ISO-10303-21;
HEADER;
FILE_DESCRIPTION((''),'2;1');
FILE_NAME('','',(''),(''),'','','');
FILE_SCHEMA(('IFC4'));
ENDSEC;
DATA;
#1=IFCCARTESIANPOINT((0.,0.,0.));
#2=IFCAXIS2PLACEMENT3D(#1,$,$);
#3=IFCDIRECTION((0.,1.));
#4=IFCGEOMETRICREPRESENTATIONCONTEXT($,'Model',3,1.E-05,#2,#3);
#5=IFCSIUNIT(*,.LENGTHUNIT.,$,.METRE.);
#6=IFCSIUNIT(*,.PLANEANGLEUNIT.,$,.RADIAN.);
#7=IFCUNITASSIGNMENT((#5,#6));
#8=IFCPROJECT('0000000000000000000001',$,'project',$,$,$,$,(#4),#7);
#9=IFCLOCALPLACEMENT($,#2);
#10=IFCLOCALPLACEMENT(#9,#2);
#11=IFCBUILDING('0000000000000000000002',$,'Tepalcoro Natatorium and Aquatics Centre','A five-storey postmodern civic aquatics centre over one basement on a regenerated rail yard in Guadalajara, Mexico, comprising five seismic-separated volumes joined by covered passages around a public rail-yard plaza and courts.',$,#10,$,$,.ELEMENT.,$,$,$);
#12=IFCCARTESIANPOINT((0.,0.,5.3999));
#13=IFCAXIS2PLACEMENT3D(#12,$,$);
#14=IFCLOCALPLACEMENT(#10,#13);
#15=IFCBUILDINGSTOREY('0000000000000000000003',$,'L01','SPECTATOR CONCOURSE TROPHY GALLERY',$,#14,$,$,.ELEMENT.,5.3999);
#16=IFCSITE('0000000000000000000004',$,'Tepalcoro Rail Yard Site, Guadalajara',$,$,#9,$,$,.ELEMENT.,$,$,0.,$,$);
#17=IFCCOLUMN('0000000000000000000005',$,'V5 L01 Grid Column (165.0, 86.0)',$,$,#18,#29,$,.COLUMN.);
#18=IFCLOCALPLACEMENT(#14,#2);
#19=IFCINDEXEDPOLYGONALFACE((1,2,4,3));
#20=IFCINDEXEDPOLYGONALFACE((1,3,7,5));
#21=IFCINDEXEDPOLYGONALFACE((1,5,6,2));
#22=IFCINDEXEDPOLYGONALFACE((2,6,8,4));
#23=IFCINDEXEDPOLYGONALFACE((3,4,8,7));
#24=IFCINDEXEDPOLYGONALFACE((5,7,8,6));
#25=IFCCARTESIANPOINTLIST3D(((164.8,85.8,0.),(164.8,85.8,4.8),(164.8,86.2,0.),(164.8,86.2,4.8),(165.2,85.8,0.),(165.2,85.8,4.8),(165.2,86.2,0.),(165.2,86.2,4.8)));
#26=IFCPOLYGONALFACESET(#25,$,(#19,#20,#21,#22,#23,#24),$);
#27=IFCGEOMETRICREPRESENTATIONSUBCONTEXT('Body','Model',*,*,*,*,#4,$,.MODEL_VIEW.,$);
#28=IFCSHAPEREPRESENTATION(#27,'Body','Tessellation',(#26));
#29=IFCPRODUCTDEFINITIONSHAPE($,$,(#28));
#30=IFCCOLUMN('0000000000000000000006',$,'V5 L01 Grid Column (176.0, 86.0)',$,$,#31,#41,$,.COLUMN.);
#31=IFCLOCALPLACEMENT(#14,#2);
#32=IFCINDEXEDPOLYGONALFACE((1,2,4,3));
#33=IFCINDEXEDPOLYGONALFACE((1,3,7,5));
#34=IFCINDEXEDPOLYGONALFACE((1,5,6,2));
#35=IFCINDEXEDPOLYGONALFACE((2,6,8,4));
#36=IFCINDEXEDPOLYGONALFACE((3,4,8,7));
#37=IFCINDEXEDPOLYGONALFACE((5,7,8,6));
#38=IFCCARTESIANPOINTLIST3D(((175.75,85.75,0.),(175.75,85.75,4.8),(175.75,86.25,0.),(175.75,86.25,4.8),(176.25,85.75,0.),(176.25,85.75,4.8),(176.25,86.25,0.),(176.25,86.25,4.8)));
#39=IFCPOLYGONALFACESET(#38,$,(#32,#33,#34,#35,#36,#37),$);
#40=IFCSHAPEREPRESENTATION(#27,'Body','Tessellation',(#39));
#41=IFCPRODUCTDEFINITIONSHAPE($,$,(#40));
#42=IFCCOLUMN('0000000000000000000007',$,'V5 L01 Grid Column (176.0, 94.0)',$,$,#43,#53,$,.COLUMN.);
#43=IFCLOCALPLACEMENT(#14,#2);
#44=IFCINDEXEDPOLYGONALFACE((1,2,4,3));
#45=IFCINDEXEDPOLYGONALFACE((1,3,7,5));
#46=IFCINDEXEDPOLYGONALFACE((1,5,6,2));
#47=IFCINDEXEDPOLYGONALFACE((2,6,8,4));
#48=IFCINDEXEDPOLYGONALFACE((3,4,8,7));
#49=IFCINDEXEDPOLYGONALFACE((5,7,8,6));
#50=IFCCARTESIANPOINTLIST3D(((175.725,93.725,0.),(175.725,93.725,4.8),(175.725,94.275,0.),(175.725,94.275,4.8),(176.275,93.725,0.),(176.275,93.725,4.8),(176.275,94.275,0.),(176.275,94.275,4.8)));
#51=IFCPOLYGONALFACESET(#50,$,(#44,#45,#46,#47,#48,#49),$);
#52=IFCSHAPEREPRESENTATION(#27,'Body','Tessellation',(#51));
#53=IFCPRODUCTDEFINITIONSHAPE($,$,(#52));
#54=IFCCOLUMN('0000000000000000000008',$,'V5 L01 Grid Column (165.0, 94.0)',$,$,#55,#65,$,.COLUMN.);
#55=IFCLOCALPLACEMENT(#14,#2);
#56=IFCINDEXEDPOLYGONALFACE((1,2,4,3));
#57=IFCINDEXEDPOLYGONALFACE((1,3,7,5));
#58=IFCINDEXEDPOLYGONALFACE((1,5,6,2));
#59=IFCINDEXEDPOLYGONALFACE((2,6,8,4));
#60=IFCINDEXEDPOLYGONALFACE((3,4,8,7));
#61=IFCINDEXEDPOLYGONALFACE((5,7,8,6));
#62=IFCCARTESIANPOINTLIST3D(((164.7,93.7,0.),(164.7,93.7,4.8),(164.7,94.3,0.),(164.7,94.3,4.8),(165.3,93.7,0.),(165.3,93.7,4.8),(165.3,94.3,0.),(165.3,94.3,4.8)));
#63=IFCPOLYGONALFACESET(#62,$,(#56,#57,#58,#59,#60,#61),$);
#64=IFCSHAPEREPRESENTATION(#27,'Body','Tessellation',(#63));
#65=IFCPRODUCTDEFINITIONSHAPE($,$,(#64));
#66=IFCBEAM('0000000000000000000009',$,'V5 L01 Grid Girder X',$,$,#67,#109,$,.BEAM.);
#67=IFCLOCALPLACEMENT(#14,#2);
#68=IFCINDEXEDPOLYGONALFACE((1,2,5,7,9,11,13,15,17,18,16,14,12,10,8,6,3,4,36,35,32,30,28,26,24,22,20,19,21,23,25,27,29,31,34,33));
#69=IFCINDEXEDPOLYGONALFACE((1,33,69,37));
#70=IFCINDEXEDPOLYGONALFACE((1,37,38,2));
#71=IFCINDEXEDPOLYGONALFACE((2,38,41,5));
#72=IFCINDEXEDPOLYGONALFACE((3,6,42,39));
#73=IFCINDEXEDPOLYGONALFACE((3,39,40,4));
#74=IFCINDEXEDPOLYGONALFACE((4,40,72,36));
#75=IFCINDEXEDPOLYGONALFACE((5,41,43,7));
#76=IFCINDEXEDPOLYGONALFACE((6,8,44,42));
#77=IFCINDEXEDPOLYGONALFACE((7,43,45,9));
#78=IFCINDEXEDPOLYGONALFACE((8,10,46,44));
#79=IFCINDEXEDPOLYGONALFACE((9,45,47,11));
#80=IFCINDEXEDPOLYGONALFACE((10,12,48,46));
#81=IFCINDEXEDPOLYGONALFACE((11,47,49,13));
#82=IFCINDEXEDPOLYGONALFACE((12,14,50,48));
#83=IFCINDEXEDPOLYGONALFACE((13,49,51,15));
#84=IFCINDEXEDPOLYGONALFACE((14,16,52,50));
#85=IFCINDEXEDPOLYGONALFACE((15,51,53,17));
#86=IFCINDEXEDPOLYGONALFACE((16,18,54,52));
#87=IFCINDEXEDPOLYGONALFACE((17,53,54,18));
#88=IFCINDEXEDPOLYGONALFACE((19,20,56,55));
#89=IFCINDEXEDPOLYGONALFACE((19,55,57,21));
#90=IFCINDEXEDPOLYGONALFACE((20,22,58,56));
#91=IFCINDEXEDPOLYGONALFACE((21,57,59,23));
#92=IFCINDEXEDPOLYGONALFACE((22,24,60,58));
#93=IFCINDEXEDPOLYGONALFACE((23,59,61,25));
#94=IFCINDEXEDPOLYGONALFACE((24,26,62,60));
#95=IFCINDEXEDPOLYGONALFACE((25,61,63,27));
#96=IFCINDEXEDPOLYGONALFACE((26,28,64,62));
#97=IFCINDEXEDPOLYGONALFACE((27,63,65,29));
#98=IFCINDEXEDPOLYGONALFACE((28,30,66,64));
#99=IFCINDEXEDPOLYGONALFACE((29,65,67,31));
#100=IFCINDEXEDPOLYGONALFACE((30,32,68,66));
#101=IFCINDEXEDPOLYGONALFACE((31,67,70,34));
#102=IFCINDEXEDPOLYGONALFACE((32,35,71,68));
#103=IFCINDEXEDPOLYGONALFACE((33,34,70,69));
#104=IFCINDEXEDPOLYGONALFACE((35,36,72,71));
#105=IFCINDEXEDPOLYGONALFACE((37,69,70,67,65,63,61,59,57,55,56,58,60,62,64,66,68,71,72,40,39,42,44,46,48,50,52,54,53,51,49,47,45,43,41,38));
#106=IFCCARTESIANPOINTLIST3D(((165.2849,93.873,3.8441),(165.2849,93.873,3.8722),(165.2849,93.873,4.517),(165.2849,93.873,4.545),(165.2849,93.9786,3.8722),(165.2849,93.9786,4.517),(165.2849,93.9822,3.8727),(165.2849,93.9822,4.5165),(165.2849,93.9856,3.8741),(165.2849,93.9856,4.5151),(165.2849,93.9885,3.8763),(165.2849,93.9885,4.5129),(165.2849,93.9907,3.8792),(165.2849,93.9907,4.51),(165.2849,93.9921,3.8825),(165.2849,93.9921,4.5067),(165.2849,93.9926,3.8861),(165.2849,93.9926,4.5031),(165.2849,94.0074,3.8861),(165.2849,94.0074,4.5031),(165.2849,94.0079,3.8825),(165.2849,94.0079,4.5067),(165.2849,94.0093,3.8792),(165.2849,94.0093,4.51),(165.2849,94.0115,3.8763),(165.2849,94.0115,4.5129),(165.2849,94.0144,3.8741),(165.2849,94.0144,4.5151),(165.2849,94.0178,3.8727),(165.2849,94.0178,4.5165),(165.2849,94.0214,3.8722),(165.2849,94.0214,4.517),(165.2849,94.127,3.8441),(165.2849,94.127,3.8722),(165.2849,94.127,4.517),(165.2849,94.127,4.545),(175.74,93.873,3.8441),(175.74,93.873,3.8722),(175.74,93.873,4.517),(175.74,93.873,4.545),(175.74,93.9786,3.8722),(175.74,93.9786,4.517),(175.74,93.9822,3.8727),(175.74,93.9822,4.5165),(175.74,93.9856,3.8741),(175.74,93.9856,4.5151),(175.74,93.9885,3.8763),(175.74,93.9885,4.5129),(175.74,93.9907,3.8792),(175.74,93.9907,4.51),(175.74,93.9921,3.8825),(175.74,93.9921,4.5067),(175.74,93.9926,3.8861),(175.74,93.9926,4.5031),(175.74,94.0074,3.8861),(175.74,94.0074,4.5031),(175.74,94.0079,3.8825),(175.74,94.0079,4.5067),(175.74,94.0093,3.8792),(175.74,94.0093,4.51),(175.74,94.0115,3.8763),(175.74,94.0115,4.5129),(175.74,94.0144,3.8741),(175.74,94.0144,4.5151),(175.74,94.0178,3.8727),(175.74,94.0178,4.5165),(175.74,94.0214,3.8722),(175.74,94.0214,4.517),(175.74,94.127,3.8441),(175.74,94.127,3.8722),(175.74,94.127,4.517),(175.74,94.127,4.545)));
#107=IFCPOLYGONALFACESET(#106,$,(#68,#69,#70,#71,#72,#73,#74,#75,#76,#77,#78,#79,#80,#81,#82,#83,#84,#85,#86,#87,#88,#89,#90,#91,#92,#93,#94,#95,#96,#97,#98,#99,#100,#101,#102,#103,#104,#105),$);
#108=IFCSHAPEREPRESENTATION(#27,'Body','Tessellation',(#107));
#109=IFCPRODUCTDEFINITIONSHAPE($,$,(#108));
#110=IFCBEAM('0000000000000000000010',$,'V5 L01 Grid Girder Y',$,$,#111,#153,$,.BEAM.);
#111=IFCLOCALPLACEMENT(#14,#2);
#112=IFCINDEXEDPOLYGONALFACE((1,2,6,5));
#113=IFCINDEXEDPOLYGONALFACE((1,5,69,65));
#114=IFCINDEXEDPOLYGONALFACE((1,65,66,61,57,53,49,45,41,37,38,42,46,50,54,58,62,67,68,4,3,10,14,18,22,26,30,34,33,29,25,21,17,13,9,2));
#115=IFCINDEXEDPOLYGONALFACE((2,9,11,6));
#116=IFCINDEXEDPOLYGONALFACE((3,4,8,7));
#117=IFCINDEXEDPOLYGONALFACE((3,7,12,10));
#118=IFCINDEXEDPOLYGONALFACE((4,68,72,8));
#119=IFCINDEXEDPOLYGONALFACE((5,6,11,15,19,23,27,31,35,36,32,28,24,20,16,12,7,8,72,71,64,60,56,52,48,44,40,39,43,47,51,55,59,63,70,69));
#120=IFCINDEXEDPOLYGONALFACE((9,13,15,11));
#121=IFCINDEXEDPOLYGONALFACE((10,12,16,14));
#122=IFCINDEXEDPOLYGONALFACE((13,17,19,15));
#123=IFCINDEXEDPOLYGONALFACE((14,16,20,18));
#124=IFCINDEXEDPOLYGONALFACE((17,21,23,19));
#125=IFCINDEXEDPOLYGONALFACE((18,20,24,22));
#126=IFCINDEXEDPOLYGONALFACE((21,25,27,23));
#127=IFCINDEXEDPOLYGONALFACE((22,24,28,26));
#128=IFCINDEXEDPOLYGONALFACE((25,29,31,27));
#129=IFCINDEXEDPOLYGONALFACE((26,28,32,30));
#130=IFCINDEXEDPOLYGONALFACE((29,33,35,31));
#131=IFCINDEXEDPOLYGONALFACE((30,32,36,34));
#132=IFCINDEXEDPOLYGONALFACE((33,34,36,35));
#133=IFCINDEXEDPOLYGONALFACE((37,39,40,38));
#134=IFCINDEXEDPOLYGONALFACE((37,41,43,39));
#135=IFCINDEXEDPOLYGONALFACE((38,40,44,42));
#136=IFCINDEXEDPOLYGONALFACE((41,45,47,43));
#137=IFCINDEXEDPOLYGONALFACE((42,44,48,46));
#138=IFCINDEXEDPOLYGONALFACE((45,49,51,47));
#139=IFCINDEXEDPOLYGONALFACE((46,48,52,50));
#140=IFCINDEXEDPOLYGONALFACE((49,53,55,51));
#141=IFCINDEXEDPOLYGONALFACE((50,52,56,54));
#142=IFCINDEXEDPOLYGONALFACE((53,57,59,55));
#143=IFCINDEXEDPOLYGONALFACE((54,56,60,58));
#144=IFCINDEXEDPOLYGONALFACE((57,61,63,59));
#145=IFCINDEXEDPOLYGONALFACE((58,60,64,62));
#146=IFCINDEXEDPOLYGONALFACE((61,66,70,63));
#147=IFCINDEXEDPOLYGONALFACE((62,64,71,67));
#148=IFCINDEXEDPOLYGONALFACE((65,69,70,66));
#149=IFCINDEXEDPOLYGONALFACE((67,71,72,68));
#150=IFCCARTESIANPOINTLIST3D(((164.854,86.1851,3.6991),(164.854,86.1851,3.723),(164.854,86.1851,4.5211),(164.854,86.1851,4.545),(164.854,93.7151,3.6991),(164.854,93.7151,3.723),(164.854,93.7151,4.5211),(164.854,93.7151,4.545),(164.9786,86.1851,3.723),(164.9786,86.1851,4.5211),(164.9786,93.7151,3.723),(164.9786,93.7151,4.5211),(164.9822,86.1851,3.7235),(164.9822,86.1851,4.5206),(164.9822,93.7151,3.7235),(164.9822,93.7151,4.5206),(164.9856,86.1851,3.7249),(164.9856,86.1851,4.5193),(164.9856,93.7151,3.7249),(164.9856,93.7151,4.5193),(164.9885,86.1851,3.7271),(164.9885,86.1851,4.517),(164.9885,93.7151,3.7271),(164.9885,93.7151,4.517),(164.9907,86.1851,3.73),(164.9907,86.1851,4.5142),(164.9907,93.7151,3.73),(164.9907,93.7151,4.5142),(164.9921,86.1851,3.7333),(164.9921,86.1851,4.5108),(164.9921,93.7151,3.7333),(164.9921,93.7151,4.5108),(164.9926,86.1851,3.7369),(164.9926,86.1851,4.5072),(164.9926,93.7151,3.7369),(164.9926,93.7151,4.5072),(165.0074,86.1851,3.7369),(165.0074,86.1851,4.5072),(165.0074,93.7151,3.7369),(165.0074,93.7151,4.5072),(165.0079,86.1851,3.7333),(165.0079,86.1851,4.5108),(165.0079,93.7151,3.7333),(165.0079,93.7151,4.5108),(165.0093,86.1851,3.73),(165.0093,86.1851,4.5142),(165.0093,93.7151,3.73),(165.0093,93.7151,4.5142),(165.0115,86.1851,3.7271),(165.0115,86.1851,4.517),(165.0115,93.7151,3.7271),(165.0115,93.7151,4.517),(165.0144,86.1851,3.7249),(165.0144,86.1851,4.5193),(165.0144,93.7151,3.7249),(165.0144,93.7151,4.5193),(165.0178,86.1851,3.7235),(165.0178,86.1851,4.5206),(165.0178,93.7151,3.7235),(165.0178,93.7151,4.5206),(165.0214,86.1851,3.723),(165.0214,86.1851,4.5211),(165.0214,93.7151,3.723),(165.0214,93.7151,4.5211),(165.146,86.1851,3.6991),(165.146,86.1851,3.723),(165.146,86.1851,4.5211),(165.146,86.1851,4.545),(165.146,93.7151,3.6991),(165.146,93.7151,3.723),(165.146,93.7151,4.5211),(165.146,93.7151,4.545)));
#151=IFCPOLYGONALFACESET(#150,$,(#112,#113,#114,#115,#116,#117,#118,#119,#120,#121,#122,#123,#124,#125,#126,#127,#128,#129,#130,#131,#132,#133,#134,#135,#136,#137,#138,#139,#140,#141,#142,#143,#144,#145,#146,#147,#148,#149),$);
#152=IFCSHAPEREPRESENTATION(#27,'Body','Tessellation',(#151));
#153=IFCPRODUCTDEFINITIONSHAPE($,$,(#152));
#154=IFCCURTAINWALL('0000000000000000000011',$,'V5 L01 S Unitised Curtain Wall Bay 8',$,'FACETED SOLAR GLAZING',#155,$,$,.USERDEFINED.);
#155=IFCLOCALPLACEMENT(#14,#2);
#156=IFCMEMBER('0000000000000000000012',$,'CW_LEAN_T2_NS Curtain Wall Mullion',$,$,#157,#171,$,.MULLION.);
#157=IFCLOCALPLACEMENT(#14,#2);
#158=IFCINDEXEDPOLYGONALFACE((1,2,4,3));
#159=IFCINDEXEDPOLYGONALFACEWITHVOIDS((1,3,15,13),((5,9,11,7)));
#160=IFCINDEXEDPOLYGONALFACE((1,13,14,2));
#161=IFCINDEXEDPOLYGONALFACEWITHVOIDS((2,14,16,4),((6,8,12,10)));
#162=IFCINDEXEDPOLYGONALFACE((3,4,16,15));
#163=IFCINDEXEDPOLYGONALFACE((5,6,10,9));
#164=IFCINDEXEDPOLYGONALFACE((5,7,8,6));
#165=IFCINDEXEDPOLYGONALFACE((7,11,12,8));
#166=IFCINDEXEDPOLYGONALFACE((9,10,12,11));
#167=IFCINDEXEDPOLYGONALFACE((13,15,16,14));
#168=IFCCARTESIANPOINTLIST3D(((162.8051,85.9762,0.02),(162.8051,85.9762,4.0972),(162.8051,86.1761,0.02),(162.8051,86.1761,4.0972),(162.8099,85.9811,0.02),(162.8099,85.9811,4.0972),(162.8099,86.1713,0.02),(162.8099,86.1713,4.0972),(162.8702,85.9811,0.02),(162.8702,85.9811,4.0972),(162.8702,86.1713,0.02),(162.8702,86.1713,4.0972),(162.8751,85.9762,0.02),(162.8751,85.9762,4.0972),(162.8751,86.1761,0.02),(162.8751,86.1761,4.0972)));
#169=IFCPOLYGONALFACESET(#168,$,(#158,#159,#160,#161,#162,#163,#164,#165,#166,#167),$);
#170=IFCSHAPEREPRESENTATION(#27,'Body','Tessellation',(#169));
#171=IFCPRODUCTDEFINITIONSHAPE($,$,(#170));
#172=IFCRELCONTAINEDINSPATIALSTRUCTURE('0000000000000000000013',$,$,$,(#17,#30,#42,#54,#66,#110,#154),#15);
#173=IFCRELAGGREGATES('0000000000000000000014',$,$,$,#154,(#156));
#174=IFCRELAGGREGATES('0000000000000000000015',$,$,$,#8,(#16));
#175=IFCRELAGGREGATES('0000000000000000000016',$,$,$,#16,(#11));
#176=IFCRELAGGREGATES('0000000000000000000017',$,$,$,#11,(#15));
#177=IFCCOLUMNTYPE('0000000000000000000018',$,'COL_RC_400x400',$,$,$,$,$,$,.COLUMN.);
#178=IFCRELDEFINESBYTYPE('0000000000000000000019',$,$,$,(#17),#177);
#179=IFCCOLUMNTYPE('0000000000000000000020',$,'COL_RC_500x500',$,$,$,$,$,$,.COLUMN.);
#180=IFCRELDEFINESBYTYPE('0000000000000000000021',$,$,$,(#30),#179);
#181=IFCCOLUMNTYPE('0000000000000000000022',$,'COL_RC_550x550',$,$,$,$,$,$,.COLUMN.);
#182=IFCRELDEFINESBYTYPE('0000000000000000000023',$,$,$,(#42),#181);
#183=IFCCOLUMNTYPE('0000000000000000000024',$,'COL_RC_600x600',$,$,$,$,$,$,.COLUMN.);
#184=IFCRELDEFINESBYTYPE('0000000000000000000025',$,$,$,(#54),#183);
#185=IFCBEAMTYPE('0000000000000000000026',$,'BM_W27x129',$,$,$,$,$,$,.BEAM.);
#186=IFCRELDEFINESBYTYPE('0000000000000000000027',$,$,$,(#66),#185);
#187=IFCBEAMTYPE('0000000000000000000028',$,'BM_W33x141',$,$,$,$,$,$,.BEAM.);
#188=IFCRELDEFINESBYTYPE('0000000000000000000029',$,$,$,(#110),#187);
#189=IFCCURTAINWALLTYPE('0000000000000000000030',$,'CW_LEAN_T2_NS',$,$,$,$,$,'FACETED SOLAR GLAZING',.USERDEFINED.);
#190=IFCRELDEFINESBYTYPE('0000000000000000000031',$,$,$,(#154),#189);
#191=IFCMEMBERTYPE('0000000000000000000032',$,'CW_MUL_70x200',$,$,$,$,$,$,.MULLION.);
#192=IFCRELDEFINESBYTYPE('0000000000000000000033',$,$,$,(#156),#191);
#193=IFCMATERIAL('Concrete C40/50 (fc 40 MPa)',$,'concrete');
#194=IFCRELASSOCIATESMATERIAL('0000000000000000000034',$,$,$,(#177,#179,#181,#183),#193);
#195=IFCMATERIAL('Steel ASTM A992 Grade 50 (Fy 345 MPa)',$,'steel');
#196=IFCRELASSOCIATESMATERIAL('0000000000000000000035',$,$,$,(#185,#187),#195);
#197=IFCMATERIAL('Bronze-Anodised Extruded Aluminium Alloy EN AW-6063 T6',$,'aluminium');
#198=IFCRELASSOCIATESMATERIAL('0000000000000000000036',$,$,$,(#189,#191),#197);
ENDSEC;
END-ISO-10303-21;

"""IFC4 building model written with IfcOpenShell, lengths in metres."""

from ifc_helpers import new_model, si_unit, direction, frame, origin, origin_2d, place, context, subcontext, project, spatial, rectangle, hollow_rectangle, i_section, extrude, material, material_profile, profile_set, type_object, element, aggregate, save


model = new_model("IFC4")

# Units and contexts
model_context = context("Model", 3, precision=1e-05, world=origin(), true_north=direction((0.0, 1.0)))
body_context = subcontext(model_context, "Body", "Model", "MODEL_VIEW")
ifc_project = project(units=[si_unit("LENGTHUNIT", "METRE"), si_unit("PLANEANGLEUNIT", "RADIAN")], contexts=[model_context])

# Site, building, storey
site_placement = place(None, origin())
site = spatial("IfcSite", under=ifc_project, at=site_placement, Name="Tepalcoro Rail Yard Site, Guadalajara", CompositionType="ELEMENT", RefElevation=0.0)
building_placement = place(site_placement, origin())
building = spatial("IfcBuilding", under=site, at=building_placement, Name="Tepalcoro Natatorium and Aquatics Centre", Description="A five-storey postmodern civic aquatics centre over one basement on a regenerated rail yard in Guadalajara, Mexico, comprising five seismic-separated volumes joined by covered passages around a public rail-yard plaza and courts.", CompositionType="ELEMENT")
storey_placement = place(building_placement, frame((0.0, 0.0, 5.3999)))
storey = spatial("IfcBuildingStorey", under=building, at=storey_placement, Name="L01", Description="SPECTATOR CONCOURSE TROPHY GALLERY", CompositionType="ELEMENT", Elevation=5.3999)

# Columns
ifc_material_1 = material(Name="Concrete C40/50 (fc 40 MPa)", Category="concrete")
ifc_material_profile_1 = material_profile(ifc_material_1, rectangle(XDim=0.3999, YDim=0.3999, at=origin_2d()), Name="RC400x400")
ifc_profile_set_1 = profile_set([ifc_material_profile_1], Name="Concrete C40/50 (fc 40 MPa)")
column_type_1 = type_object("IfcColumnType", Name="COL_RC_400x400", PredefinedType="COLUMN", material=ifc_profile_set_1)
column_1_placement = place(storey_placement, frame((165.0, 86.0, 0.0), z_axis=(0.0, 0.0, 1.0), x_axis=(1.0, 0.0, 0.0)))
element("IfcColumn", 1, at=column_1_placement, inside=storey, type_object=column_type_1, Name="V5 L01 Grid Column (165.0, 86.0)", PredefinedType="COLUMN", context=body_context, shape_type="SweptSolid", body=[
    extrude(rectangle(XDim=0.3999, YDim=0.3999, at=origin_2d()), origin(), (0.0, 0.0, 1.0), 4.8),
])
ifc_material_profile_2 = material_profile(ifc_material_1, rectangle(XDim=0.5, YDim=0.5, at=origin_2d()), Name="RC500x500")
ifc_profile_set_2 = profile_set([ifc_material_profile_2], Name="Concrete C40/50 (fc 40 MPa)")
column_type_2 = type_object("IfcColumnType", Name="COL_RC_500x500", PredefinedType="COLUMN", material=ifc_profile_set_2)
column_2_placement = place(storey_placement, frame((176.0, 86.0, 0.0), z_axis=(0.0, 0.0, 1.0), x_axis=(1.0, 0.0, 0.0)))
element("IfcColumn", 2, at=column_2_placement, inside=storey, type_object=column_type_2, Name="V5 L01 Grid Column (176.0, 86.0)", PredefinedType="COLUMN", context=body_context, shape_type="SweptSolid", body=[
    extrude(rectangle(XDim=0.5, YDim=0.5, at=origin_2d()), origin(), (0.0, 0.0, 1.0), 4.8),
])
ifc_material_profile_3 = material_profile(ifc_material_1, rectangle(XDim=0.55, YDim=0.55, at=origin_2d()), Name="RC550x550")
ifc_profile_set_3 = profile_set([ifc_material_profile_3], Name="Concrete C40/50 (fc 40 MPa)")
column_type_3 = type_object("IfcColumnType", Name="COL_RC_550x550", PredefinedType="COLUMN", material=ifc_profile_set_3)
column_3_placement = place(storey_placement, frame((176.0, 94.0, 0.0), z_axis=(0.0, 0.0, 1.0), x_axis=(1.0, 0.0, 0.0)))
element("IfcColumn", 3, at=column_3_placement, inside=storey, type_object=column_type_3, Name="V5 L01 Grid Column (176.0, 94.0)", PredefinedType="COLUMN", context=body_context, shape_type="SweptSolid", body=[
    extrude(rectangle(XDim=0.55, YDim=0.55, at=origin_2d()), origin(), (0.0, 0.0, 1.0), 4.8),
])
ifc_material_profile_4 = material_profile(ifc_material_1, rectangle(XDim=0.6001, YDim=0.6001, at=origin_2d()), Name="RC600x600")
ifc_profile_set_4 = profile_set([ifc_material_profile_4], Name="Concrete C40/50 (fc 40 MPa)")
column_type_4 = type_object("IfcColumnType", Name="COL_RC_600x600", PredefinedType="COLUMN", material=ifc_profile_set_4)
column_4_placement = place(storey_placement, frame((165.0, 94.0, 0.0), z_axis=(0.0, 0.0, 1.0), x_axis=(1.0, 0.0, 0.0)))
element("IfcColumn", 4, at=column_4_placement, inside=storey, type_object=column_type_4, Name="V5 L01 Grid Column (165.0, 94.0)", PredefinedType="COLUMN", context=body_context, shape_type="SweptSolid", body=[
    extrude(rectangle(XDim=0.6001, YDim=0.6001, at=origin_2d()), origin(), (0.0, 0.0, 1.0), 4.8),
])

# Beams
ifc_material_2 = material(Name="Steel ASTM A992 Grade 50 (Fy 345 MPa)", Category="steel")
ifc_material_profile_5 = material_profile(ifc_material_2, i_section(OverallWidth=0.2539, OverallDepth=0.7009, WebThickness=0.0149, FlangeThickness=0.0281, FilletRadius=0.0139, at=origin_2d()), Name="W27X129")
ifc_profile_set_5 = profile_set([ifc_material_profile_5], Name="Steel ASTM A992 Grade 50 (Fy 345 MPa)")
beam_type_1 = type_object("IfcBeamType", Name="BM_W27x129", PredefinedType="BEAM", material=ifc_profile_set_5)
beam_1_placement = place(storey_placement, frame((165.2849, 94.0, 4.1946), z_axis=(1.0, 0.0, 0.0), x_axis=(0.0, 1.0, 0.0)))
element("IfcBeam", 5, at=beam_1_placement, inside=storey, type_object=beam_type_1, Name="V5 L01 Grid Girder X", PredefinedType="BEAM", context=body_context, shape_type="SweptSolid", body=[
    extrude(i_section(OverallWidth=0.2539, OverallDepth=0.7009, WebThickness=0.0149, FlangeThickness=0.0281, FilletRadius=0.0139, at=origin_2d()), origin(), (0.0, 0.0, 1.0), 10.4551),
])
ifc_material_profile_6 = material_profile(ifc_material_2, i_section(OverallWidth=0.292, OverallDepth=0.8459, WebThickness=0.0149, FlangeThickness=0.0239, FilletRadius=0.0139, at=origin_2d()), Name="W33X141")
ifc_profile_set_6 = profile_set([ifc_material_profile_6], Name="Steel ASTM A992 Grade 50 (Fy 345 MPa)")
beam_type_2 = type_object("IfcBeamType", Name="BM_W33x141", PredefinedType="BEAM", material=ifc_profile_set_6)
beam_2_placement = place(storey_placement, frame((165.0, 86.1851, 4.1221), z_axis=(0.0, 1.0, 0.0), x_axis=(-1.0, 0.0, 0.0)))
element("IfcBeam", 6, at=beam_2_placement, inside=storey, type_object=beam_type_2, Name="V5 L01 Grid Girder Y", PredefinedType="BEAM", context=body_context, shape_type="SweptSolid", body=[
    extrude(i_section(OverallWidth=0.292, OverallDepth=0.8459, WebThickness=0.0149, FlangeThickness=0.0239, FilletRadius=0.0139, at=origin_2d()), origin(), (0.0, 0.0, 1.0), 7.53),
])

# Curtain wall, member
ifc_material_3 = material(Name="Bronze-Anodised Extruded Aluminium Alloy EN AW-6063 T6", Category="aluminium")
curtain_wall_type = type_object("IfcCurtainWallType", Name="CW_LEAN_T2_NS", ElementType="FACETED SOLAR GLAZING", PredefinedType="USERDEFINED", material=ifc_material_3)
curtain_wall_placement = place(storey_placement, origin())
curtain_wall = element("IfcCurtainWall", 7, at=curtain_wall_placement, inside=storey, type_object=curtain_wall_type, Name="V5 L01 S Unitised Curtain Wall Bay 8", ObjectType="FACETED SOLAR GLAZING", PredefinedType="USERDEFINED")
ifc_material_profile_7 = material_profile(ifc_material_3, hollow_rectangle(XDim=0.0701, YDim=0.2, WallThickness=0.0049, at=origin_2d()), Name="AL70X200X5")
ifc_profile_set_7 = profile_set([ifc_material_profile_7], Name="Bronze-Anodised Extruded Aluminium Alloy EN AW-6063 T6")
member_type_1 = type_object("IfcMemberType", Name="CW_MUL_70x200", PredefinedType="MULLION", material=ifc_profile_set_7)
member_1_placement = place(storey_placement, frame((162.8401, 86.0762, 0.02), z_axis=(0.0, 0.0, 1.0), x_axis=(1.0, 0.0, 0.0)))
member_1 = element("IfcMember", 8, at=member_1_placement, type_object=member_type_1, Name="CW_LEAN_T2_NS Curtain Wall Mullion", PredefinedType="MULLION", context=body_context, shape_type="SweptSolid", body=[
    extrude(hollow_rectangle(XDim=0.0701, YDim=0.2, WallThickness=0.0049, at=origin_2d()), origin(), (0.0, 0.0, 1.0), 4.0771),
])

aggregate(curtain_wall, [member_1])

save(model, "model.ifc")
